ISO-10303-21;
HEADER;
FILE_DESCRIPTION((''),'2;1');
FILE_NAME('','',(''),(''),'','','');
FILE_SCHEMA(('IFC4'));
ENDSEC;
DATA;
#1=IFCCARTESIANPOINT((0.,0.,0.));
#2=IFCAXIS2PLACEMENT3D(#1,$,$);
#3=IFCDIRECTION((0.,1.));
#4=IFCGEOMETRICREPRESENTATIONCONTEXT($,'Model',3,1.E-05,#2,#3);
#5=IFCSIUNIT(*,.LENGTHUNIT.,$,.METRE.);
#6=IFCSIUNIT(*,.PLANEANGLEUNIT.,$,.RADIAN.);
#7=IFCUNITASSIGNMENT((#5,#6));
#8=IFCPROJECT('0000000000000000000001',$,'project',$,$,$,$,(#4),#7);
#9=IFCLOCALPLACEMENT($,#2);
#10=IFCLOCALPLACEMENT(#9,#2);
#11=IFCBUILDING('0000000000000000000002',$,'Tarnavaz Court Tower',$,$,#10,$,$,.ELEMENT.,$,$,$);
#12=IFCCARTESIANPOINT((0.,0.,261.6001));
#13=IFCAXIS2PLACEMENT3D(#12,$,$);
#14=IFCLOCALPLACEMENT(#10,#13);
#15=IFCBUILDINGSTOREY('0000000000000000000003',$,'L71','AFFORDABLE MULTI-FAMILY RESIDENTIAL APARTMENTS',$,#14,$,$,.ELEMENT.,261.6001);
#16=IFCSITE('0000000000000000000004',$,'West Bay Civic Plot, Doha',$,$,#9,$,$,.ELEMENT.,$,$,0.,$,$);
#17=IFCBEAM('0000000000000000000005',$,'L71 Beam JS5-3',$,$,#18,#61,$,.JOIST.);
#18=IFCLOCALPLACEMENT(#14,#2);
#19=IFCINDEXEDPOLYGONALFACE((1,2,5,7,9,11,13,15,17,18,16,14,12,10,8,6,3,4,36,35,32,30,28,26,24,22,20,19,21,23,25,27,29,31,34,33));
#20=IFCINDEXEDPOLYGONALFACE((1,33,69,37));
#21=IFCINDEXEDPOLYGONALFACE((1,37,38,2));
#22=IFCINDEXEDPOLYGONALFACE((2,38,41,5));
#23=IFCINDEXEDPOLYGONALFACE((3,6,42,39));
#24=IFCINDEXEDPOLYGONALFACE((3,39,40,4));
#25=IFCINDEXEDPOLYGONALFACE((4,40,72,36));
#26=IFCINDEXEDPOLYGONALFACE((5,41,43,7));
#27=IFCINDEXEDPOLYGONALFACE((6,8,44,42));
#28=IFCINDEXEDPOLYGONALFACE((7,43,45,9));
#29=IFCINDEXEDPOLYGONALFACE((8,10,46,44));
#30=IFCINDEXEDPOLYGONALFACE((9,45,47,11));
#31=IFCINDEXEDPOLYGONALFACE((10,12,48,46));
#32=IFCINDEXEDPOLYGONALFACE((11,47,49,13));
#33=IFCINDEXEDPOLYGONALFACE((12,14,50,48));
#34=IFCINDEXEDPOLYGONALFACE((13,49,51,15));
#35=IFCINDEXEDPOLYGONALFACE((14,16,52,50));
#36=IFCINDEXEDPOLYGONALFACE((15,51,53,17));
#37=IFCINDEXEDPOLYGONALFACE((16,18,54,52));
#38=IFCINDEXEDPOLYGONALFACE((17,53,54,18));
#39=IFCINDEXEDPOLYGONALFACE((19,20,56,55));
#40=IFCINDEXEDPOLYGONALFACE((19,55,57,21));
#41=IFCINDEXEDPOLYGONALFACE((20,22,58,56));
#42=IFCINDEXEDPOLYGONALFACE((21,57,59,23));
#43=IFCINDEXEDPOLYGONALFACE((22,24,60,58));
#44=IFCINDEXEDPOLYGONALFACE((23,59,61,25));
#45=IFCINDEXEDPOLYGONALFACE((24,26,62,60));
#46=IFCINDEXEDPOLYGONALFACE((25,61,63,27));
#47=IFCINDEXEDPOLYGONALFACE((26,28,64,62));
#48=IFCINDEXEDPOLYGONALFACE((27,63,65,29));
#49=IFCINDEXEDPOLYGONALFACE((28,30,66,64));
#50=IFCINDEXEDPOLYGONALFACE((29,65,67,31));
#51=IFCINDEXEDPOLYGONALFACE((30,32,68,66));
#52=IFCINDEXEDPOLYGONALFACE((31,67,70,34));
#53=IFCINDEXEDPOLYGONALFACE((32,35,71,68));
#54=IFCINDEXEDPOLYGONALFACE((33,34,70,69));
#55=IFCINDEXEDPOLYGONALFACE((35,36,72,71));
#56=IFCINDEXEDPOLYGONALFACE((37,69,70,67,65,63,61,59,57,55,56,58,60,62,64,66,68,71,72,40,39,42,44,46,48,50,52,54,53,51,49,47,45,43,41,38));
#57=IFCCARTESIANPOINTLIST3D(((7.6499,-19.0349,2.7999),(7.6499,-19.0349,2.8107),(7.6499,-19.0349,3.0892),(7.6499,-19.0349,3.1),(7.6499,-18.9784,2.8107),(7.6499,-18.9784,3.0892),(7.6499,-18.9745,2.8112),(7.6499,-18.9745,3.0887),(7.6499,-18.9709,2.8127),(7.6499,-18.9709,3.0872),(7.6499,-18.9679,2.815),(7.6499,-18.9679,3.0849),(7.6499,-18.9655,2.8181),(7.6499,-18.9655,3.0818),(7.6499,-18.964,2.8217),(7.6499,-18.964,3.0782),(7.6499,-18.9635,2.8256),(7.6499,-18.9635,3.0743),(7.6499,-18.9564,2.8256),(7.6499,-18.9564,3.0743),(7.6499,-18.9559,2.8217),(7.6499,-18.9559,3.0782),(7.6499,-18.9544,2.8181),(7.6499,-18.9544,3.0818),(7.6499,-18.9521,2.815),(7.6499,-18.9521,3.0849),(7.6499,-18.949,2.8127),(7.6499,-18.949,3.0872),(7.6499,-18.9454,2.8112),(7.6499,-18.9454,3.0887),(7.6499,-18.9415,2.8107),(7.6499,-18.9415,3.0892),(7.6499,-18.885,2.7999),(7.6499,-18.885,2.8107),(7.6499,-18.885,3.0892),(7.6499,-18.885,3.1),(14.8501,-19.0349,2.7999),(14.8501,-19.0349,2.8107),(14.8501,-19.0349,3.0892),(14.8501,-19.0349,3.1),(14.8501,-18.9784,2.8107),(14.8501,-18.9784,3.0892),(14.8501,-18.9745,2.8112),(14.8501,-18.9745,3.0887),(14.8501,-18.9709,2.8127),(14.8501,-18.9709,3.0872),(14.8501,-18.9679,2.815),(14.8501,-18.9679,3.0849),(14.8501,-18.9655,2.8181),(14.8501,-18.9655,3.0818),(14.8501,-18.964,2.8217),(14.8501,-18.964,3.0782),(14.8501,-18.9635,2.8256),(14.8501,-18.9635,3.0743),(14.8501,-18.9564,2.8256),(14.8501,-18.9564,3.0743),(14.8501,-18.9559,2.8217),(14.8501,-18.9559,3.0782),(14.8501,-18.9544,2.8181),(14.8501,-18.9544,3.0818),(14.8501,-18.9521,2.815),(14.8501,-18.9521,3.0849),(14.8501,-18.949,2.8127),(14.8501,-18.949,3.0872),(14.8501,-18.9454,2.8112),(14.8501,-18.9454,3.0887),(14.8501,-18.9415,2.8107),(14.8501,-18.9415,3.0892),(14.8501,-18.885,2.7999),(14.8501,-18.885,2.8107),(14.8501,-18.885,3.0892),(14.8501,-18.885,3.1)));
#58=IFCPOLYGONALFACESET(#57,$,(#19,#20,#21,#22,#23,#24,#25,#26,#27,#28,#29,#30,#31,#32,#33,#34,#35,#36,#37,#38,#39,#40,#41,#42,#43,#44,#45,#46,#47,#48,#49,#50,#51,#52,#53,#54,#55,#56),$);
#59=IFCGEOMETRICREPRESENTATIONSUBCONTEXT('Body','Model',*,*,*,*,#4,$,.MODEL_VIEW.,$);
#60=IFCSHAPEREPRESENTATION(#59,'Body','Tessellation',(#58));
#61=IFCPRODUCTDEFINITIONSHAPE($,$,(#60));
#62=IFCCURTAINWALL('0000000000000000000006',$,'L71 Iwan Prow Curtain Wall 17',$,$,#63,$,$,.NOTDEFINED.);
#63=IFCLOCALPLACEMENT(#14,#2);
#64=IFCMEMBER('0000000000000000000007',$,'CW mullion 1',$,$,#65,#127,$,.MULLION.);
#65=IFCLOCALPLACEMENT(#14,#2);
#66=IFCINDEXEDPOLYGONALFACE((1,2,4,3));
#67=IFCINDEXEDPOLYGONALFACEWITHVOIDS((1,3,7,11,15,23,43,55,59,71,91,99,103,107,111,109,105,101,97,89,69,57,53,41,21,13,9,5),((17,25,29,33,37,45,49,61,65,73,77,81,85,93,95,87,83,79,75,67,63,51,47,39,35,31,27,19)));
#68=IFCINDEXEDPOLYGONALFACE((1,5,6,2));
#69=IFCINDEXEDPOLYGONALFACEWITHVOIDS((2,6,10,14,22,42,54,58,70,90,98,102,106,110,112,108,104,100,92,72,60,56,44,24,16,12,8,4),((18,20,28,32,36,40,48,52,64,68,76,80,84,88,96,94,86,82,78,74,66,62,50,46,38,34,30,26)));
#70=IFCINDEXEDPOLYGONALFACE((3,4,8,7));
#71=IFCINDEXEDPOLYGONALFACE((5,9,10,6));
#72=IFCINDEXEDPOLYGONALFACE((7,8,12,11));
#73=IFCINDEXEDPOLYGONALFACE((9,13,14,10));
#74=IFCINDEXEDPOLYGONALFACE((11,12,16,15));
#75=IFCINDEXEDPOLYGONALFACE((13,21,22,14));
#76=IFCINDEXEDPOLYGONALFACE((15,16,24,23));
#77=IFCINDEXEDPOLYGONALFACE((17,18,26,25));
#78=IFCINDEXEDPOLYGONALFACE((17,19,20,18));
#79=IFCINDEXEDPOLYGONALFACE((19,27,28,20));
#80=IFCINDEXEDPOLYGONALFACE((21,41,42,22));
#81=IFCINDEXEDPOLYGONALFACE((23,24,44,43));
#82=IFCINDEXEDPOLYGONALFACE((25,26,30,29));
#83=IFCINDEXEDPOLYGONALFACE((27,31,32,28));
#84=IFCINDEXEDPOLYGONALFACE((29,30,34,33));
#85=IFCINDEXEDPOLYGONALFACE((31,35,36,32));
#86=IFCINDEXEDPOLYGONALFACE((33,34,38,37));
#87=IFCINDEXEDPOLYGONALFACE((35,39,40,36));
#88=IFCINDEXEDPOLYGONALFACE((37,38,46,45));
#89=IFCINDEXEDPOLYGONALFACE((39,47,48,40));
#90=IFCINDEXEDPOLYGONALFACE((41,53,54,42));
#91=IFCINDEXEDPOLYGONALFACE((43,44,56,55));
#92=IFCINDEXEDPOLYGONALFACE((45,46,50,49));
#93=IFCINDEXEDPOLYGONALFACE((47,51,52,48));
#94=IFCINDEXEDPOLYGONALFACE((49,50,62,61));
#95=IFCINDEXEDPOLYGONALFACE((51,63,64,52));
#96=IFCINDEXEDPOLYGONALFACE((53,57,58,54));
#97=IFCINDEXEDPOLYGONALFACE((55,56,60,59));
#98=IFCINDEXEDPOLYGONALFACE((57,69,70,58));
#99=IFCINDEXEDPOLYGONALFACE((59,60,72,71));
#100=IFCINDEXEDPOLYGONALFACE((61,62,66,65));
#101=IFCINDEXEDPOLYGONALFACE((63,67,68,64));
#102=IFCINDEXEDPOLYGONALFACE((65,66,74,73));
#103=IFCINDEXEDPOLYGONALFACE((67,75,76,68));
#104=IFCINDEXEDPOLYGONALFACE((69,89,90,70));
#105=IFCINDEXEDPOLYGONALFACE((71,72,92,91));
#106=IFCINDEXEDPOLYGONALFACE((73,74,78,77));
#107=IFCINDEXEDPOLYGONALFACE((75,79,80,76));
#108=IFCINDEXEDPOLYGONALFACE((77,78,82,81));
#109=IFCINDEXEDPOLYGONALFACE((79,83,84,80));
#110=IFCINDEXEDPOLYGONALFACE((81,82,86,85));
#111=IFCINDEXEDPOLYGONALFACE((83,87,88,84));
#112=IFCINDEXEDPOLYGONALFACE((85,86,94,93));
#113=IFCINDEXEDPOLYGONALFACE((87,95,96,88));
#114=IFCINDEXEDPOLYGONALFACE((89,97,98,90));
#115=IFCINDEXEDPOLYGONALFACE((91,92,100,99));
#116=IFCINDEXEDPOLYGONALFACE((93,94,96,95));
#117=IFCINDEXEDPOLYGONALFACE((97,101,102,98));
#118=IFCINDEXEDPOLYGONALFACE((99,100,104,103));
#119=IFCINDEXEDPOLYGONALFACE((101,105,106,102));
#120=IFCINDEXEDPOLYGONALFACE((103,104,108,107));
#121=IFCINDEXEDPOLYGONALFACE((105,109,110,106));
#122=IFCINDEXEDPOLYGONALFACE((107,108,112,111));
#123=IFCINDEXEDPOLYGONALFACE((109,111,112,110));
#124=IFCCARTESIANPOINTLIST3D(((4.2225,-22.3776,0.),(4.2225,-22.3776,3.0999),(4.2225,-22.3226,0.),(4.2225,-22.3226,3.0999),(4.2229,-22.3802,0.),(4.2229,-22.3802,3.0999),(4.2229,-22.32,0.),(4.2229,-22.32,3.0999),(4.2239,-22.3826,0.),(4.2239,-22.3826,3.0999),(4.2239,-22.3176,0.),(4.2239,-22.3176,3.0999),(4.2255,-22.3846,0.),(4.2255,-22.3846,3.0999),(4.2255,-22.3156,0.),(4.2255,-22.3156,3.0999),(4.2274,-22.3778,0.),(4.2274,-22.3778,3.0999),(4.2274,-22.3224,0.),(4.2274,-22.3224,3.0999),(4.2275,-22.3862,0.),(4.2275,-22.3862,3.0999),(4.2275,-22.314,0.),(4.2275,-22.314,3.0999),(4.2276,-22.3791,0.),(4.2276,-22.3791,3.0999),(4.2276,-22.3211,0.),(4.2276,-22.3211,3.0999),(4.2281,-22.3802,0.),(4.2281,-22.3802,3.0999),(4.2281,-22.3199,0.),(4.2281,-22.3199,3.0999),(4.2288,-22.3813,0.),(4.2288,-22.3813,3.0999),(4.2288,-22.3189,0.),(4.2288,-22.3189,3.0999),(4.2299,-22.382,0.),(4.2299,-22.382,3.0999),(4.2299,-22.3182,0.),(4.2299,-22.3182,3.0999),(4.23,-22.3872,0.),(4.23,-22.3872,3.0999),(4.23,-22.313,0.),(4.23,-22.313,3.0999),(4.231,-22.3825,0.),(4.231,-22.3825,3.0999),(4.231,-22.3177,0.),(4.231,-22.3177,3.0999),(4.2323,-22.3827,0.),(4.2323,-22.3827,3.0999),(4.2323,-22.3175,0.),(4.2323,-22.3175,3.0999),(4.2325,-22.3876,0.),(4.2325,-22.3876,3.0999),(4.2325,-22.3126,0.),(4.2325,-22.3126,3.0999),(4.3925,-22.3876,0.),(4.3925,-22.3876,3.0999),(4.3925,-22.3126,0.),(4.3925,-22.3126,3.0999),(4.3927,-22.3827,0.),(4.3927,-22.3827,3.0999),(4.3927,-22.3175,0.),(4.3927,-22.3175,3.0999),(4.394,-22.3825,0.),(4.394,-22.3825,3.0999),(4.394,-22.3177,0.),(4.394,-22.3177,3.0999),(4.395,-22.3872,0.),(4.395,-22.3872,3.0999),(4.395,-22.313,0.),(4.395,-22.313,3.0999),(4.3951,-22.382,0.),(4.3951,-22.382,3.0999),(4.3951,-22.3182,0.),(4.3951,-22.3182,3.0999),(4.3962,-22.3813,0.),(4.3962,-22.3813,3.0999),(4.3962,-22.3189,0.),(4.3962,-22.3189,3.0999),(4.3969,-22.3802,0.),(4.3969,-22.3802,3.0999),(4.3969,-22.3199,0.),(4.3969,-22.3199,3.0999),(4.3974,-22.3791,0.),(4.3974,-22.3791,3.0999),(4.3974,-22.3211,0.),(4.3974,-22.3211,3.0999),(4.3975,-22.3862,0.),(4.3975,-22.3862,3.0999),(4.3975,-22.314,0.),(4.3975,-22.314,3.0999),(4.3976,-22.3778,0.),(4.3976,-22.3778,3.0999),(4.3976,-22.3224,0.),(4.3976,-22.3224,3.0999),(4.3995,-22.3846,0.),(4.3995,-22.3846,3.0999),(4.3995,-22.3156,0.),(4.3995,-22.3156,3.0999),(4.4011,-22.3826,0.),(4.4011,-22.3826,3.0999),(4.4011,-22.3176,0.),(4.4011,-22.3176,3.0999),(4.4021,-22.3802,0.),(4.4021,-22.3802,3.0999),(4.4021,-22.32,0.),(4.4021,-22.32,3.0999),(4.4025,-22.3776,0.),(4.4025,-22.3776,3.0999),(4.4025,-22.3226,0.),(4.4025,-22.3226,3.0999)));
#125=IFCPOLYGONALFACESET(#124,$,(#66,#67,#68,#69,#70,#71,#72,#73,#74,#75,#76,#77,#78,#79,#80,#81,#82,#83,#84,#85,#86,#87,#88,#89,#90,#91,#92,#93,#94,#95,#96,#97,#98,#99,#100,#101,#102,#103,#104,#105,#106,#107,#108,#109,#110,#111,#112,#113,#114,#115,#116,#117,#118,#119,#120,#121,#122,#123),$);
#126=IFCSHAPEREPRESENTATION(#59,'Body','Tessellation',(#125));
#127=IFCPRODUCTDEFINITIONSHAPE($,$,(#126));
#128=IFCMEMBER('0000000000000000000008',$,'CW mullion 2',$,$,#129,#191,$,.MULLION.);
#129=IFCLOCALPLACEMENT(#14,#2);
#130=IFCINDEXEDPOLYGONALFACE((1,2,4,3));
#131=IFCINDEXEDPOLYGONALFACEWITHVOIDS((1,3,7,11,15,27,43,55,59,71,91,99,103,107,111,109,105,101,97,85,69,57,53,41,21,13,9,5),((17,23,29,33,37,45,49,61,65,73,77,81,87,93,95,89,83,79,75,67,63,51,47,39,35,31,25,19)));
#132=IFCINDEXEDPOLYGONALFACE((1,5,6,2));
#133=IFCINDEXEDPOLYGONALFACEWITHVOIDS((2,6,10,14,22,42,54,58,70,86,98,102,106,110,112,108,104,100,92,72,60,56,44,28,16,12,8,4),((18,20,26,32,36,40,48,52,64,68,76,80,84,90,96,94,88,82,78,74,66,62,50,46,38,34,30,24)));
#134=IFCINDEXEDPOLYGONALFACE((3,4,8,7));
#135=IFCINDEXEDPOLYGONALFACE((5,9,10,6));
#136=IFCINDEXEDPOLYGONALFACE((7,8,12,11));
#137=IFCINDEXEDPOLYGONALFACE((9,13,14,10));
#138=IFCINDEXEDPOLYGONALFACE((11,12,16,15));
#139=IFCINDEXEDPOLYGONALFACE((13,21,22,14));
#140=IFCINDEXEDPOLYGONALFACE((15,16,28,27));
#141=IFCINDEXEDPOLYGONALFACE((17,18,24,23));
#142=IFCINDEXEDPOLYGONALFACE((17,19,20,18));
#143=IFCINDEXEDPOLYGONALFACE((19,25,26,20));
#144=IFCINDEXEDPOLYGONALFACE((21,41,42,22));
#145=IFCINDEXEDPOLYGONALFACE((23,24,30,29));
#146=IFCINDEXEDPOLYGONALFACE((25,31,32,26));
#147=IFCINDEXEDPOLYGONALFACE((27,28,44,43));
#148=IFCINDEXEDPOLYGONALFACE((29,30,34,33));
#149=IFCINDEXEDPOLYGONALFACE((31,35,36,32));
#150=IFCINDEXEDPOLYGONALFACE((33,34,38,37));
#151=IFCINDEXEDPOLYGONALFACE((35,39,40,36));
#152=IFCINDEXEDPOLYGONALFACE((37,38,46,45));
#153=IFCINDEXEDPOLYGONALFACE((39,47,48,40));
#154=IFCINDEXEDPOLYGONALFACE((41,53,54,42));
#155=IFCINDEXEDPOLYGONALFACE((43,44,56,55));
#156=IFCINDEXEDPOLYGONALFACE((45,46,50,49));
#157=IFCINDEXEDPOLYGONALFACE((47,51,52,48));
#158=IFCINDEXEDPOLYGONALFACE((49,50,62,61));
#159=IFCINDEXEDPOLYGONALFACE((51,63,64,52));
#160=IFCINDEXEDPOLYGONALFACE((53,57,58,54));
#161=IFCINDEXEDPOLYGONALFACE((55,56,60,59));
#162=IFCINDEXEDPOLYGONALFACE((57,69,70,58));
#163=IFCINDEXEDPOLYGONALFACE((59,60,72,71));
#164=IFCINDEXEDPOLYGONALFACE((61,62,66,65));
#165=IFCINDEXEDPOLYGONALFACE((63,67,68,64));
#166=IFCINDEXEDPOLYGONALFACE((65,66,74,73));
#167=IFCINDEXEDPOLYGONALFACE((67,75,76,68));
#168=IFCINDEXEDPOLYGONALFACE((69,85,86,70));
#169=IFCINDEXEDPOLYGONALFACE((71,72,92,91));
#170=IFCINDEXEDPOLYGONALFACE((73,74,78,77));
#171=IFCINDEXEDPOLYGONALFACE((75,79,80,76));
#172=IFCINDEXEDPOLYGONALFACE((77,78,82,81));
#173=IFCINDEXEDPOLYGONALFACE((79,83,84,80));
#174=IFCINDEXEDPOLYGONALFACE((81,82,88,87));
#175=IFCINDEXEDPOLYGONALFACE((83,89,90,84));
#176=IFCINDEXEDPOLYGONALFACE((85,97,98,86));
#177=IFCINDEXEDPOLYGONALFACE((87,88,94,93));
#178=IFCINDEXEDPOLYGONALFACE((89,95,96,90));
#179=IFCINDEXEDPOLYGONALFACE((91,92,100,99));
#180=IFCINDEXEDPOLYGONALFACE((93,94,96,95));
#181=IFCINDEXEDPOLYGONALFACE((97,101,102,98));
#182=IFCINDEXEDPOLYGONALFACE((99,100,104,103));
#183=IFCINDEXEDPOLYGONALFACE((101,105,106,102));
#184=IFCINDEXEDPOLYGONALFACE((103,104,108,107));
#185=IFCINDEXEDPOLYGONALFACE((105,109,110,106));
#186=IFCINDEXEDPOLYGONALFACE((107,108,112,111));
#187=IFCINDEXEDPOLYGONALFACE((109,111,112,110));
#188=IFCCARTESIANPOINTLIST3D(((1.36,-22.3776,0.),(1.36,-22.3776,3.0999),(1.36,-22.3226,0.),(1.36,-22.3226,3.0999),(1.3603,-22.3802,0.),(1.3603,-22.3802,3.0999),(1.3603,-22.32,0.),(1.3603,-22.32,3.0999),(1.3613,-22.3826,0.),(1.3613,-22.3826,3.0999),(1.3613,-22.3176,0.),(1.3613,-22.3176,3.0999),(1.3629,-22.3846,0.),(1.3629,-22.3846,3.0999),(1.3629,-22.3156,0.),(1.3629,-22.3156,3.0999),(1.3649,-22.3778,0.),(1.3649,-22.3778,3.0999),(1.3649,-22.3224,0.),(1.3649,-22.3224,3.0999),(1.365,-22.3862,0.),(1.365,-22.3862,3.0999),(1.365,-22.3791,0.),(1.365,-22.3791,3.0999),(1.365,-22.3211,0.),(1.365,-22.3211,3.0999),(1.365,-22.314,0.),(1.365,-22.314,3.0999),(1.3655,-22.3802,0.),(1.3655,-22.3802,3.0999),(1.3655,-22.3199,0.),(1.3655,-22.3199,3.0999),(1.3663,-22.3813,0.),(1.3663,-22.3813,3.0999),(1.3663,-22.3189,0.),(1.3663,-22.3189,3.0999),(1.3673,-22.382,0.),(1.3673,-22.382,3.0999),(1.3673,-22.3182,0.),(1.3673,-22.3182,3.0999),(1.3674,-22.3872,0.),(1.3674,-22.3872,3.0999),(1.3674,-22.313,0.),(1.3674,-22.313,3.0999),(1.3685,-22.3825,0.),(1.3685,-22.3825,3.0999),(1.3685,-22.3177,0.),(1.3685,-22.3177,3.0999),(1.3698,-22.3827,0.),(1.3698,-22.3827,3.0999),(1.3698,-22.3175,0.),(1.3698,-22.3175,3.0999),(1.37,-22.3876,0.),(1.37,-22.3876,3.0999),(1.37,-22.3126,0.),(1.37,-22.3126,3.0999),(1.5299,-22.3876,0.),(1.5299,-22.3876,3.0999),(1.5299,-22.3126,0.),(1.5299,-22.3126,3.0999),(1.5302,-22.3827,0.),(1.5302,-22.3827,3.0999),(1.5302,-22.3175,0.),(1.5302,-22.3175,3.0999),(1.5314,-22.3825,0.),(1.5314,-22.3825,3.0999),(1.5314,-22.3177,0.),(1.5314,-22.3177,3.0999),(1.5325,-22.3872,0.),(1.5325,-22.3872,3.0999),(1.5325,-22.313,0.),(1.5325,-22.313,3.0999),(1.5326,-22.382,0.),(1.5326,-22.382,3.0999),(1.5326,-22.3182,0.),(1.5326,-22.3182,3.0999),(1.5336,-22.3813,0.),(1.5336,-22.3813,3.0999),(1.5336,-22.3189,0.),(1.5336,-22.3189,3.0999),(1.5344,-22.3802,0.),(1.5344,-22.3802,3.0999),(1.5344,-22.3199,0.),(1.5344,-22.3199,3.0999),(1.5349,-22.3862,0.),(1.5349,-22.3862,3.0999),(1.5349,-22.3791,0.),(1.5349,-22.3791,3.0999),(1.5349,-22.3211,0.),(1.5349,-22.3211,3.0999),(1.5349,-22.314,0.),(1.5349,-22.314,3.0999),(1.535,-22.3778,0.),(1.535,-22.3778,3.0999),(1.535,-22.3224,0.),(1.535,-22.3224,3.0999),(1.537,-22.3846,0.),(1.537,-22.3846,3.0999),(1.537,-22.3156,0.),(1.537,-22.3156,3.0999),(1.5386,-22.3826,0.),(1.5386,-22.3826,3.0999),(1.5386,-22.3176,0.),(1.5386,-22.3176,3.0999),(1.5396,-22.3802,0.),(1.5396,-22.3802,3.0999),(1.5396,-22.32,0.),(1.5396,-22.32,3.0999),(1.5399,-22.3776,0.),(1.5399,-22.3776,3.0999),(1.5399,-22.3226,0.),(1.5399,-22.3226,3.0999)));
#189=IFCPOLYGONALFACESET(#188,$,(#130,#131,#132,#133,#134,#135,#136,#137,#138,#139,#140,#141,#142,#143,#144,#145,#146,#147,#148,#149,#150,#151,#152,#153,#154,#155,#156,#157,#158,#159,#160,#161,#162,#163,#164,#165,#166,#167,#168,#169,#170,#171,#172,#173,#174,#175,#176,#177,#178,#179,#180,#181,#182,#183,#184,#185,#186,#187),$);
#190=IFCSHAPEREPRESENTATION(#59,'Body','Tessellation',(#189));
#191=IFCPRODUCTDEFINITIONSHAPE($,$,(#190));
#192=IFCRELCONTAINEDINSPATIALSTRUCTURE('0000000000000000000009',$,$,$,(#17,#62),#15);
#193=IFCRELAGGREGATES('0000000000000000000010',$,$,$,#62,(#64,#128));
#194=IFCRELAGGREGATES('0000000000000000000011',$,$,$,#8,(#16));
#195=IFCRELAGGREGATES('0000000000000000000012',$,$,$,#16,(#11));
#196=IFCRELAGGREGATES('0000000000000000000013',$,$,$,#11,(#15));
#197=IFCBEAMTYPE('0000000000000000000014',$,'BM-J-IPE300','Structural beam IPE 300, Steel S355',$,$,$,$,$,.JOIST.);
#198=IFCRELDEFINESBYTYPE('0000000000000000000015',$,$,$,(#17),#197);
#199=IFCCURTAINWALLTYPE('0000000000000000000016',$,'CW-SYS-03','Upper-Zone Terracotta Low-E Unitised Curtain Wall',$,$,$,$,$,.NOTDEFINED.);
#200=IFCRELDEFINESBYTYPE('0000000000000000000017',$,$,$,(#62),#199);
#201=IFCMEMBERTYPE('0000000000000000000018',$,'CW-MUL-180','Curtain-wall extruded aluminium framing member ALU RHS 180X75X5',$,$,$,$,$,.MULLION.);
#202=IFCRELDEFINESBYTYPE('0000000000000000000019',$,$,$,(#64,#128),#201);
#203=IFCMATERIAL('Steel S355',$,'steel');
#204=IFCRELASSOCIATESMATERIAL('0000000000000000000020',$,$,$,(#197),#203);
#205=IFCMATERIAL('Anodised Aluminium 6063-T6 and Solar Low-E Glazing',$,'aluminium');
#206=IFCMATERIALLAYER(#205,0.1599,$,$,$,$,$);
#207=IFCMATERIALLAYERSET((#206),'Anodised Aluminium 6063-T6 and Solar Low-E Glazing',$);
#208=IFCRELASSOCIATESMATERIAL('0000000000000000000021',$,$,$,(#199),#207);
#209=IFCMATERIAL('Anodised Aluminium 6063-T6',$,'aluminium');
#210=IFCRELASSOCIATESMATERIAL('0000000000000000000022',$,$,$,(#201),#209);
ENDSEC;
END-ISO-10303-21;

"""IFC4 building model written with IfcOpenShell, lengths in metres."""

from ifc_helpers import new_model, si_unit, direction, frame, origin, origin_2d, place, context, subcontext, project, spatial, hollow_rectangle, i_section, extrude, material, layer, layer_set, material_profile, profile_set, type_object, element, aggregate, save


model = new_model("IFC4")

# Units and contexts
model_context = context("Model", 3, precision=1e-05, world=origin(), true_north=direction((0.0, 1.0)))
body_context = subcontext(model_context, "Body", "Model", "MODEL_VIEW")
ifc_project = project(units=[si_unit("LENGTHUNIT", "METRE"), si_unit("PLANEANGLEUNIT", "RADIAN")], contexts=[model_context])

# Site, building, storey
site_placement = place(None, origin())
site = spatial("IfcSite", under=ifc_project, at=site_placement, Name="West Bay Civic Plot, Doha", CompositionType="ELEMENT", RefElevation=0.0)
building_placement = place(site_placement, origin())
building = spatial("IfcBuilding", under=site, at=building_placement, Name="Tarnavaz Court Tower", CompositionType="ELEMENT")
storey_placement = place(building_placement, frame((0.0, 0.0, 261.6001)))
storey = spatial("IfcBuildingStorey", under=building, at=storey_placement, Name="L71", Description="AFFORDABLE MULTI-FAMILY RESIDENTIAL APARTMENTS", CompositionType="ELEMENT", Elevation=261.6001)

# Beam
ifc_material_1 = material(Name="Steel S355", Category="steel")
ifc_material_profile_1 = material_profile(ifc_material_1, i_section(OverallWidth=0.1499, OverallDepth=0.3, WebThickness=0.0071, FlangeThickness=0.0107, FilletRadius=0.0149, at=origin_2d()), Name="IPE 300")
ifc_profile_set_1 = profile_set([ifc_material_profile_1], Name="Steel S355")
beam_type = type_object("IfcBeamType", Name="BM-J-IPE300", Description="Structural beam IPE 300, Steel S355", PredefinedType="JOIST", material=ifc_profile_set_1)
for number, where, z_axis, x_axis, name in (
    (1, (7.6499, -18.96, 2.95), (1.0, 0.0, 0.0), (0.0, 1.0, 0.0), "L71 Beam JS5-3"),
):
    element("IfcBeam", number, at=place(storey_placement, frame(where, z_axis=z_axis, x_axis=x_axis)), inside=storey, type_object=beam_type, Name=name, PredefinedType="JOIST", context=body_context, shape_type="SweptSolid", body=[
        extrude(i_section(OverallWidth=0.1499, OverallDepth=0.3, WebThickness=0.0071, FlangeThickness=0.0107, FilletRadius=0.0149, at=origin_2d()), origin(), (0.0, 0.0, 1.0), 7.2002),
    ])

# Curtain wall, members
ifc_material_2 = material(Name="Anodised Aluminium 6063-T6 and Solar Low-E Glazing", Category="aluminium")
ifc_layer_1 = layer(ifc_material_2, 0.1599)
ifc_layer_set_1 = layer_set([ifc_layer_1], Name="Anodised Aluminium 6063-T6 and Solar Low-E Glazing")
curtain_wall_type = type_object("IfcCurtainWallType", Name="CW-SYS-03", Description="Upper-Zone Terracotta Low-E Unitised Curtain Wall", PredefinedType="NOTDEFINED", material=ifc_layer_set_1)
curtain_wall_placement = place(storey_placement, origin())
curtain_wall = element("IfcCurtainWall", 2, at=curtain_wall_placement, inside=storey, type_object=curtain_wall_type, Name="L71 Iwan Prow Curtain Wall 17", PredefinedType="NOTDEFINED")
ifc_material_3 = material(Name="Anodised Aluminium 6063-T6", Category="aluminium")
ifc_material_profile_2 = material_profile(ifc_material_3, hollow_rectangle(XDim=0.075, YDim=0.1799, WallThickness=0.0049, InnerFilletRadius=0.0049, OuterFilletRadius=0.01, at=origin_2d()), Name="ALU RHS 180X75X5")
ifc_profile_set_2 = profile_set([ifc_material_profile_2], Name="Anodised Aluminium 6063-T6")
member_type_1 = type_object("IfcMemberType", Name="CW-MUL-180", Description="Curtain-wall extruded aluminium framing member ALU RHS 180X75X5", PredefinedType="MULLION", material=ifc_profile_set_2)
member_1_placement = place(storey_placement, frame((4.3125, -22.3501, 0.0), z_axis=(0.0, 0.0, 1.0), x_axis=(0.0, -1.0, 0.0)))
member_1 = element("IfcMember", 3, at=member_1_placement, type_object=member_type_1, Name="CW mullion 1", PredefinedType="MULLION", context=body_context, shape_type="SweptSolid", body=[
    extrude(hollow_rectangle(XDim=0.075, YDim=0.1799, WallThickness=0.0049, InnerFilletRadius=0.0049, OuterFilletRadius=0.01, at=origin_2d()), origin(), (0.0, 0.0, 1.0), 3.0999),
])
member_2_placement = place(storey_placement, frame((1.45, -22.3501, 0.0), z_axis=(0.0, 0.0, 1.0), x_axis=(0.0, -1.0, 0.0)))
member_2 = element("IfcMember", 4, at=member_2_placement, type_object=member_type_1, Name="CW mullion 2", PredefinedType="MULLION", context=body_context, shape_type="SweptSolid", body=[
    extrude(hollow_rectangle(XDim=0.075, YDim=0.1799, WallThickness=0.0049, InnerFilletRadius=0.0049, OuterFilletRadius=0.01, at=origin_2d()), origin(), (0.0, 0.0, 1.0), 3.0999),
])
aggregate(curtain_wall, [member_1, member_2])

save(model, "model.ifc")
